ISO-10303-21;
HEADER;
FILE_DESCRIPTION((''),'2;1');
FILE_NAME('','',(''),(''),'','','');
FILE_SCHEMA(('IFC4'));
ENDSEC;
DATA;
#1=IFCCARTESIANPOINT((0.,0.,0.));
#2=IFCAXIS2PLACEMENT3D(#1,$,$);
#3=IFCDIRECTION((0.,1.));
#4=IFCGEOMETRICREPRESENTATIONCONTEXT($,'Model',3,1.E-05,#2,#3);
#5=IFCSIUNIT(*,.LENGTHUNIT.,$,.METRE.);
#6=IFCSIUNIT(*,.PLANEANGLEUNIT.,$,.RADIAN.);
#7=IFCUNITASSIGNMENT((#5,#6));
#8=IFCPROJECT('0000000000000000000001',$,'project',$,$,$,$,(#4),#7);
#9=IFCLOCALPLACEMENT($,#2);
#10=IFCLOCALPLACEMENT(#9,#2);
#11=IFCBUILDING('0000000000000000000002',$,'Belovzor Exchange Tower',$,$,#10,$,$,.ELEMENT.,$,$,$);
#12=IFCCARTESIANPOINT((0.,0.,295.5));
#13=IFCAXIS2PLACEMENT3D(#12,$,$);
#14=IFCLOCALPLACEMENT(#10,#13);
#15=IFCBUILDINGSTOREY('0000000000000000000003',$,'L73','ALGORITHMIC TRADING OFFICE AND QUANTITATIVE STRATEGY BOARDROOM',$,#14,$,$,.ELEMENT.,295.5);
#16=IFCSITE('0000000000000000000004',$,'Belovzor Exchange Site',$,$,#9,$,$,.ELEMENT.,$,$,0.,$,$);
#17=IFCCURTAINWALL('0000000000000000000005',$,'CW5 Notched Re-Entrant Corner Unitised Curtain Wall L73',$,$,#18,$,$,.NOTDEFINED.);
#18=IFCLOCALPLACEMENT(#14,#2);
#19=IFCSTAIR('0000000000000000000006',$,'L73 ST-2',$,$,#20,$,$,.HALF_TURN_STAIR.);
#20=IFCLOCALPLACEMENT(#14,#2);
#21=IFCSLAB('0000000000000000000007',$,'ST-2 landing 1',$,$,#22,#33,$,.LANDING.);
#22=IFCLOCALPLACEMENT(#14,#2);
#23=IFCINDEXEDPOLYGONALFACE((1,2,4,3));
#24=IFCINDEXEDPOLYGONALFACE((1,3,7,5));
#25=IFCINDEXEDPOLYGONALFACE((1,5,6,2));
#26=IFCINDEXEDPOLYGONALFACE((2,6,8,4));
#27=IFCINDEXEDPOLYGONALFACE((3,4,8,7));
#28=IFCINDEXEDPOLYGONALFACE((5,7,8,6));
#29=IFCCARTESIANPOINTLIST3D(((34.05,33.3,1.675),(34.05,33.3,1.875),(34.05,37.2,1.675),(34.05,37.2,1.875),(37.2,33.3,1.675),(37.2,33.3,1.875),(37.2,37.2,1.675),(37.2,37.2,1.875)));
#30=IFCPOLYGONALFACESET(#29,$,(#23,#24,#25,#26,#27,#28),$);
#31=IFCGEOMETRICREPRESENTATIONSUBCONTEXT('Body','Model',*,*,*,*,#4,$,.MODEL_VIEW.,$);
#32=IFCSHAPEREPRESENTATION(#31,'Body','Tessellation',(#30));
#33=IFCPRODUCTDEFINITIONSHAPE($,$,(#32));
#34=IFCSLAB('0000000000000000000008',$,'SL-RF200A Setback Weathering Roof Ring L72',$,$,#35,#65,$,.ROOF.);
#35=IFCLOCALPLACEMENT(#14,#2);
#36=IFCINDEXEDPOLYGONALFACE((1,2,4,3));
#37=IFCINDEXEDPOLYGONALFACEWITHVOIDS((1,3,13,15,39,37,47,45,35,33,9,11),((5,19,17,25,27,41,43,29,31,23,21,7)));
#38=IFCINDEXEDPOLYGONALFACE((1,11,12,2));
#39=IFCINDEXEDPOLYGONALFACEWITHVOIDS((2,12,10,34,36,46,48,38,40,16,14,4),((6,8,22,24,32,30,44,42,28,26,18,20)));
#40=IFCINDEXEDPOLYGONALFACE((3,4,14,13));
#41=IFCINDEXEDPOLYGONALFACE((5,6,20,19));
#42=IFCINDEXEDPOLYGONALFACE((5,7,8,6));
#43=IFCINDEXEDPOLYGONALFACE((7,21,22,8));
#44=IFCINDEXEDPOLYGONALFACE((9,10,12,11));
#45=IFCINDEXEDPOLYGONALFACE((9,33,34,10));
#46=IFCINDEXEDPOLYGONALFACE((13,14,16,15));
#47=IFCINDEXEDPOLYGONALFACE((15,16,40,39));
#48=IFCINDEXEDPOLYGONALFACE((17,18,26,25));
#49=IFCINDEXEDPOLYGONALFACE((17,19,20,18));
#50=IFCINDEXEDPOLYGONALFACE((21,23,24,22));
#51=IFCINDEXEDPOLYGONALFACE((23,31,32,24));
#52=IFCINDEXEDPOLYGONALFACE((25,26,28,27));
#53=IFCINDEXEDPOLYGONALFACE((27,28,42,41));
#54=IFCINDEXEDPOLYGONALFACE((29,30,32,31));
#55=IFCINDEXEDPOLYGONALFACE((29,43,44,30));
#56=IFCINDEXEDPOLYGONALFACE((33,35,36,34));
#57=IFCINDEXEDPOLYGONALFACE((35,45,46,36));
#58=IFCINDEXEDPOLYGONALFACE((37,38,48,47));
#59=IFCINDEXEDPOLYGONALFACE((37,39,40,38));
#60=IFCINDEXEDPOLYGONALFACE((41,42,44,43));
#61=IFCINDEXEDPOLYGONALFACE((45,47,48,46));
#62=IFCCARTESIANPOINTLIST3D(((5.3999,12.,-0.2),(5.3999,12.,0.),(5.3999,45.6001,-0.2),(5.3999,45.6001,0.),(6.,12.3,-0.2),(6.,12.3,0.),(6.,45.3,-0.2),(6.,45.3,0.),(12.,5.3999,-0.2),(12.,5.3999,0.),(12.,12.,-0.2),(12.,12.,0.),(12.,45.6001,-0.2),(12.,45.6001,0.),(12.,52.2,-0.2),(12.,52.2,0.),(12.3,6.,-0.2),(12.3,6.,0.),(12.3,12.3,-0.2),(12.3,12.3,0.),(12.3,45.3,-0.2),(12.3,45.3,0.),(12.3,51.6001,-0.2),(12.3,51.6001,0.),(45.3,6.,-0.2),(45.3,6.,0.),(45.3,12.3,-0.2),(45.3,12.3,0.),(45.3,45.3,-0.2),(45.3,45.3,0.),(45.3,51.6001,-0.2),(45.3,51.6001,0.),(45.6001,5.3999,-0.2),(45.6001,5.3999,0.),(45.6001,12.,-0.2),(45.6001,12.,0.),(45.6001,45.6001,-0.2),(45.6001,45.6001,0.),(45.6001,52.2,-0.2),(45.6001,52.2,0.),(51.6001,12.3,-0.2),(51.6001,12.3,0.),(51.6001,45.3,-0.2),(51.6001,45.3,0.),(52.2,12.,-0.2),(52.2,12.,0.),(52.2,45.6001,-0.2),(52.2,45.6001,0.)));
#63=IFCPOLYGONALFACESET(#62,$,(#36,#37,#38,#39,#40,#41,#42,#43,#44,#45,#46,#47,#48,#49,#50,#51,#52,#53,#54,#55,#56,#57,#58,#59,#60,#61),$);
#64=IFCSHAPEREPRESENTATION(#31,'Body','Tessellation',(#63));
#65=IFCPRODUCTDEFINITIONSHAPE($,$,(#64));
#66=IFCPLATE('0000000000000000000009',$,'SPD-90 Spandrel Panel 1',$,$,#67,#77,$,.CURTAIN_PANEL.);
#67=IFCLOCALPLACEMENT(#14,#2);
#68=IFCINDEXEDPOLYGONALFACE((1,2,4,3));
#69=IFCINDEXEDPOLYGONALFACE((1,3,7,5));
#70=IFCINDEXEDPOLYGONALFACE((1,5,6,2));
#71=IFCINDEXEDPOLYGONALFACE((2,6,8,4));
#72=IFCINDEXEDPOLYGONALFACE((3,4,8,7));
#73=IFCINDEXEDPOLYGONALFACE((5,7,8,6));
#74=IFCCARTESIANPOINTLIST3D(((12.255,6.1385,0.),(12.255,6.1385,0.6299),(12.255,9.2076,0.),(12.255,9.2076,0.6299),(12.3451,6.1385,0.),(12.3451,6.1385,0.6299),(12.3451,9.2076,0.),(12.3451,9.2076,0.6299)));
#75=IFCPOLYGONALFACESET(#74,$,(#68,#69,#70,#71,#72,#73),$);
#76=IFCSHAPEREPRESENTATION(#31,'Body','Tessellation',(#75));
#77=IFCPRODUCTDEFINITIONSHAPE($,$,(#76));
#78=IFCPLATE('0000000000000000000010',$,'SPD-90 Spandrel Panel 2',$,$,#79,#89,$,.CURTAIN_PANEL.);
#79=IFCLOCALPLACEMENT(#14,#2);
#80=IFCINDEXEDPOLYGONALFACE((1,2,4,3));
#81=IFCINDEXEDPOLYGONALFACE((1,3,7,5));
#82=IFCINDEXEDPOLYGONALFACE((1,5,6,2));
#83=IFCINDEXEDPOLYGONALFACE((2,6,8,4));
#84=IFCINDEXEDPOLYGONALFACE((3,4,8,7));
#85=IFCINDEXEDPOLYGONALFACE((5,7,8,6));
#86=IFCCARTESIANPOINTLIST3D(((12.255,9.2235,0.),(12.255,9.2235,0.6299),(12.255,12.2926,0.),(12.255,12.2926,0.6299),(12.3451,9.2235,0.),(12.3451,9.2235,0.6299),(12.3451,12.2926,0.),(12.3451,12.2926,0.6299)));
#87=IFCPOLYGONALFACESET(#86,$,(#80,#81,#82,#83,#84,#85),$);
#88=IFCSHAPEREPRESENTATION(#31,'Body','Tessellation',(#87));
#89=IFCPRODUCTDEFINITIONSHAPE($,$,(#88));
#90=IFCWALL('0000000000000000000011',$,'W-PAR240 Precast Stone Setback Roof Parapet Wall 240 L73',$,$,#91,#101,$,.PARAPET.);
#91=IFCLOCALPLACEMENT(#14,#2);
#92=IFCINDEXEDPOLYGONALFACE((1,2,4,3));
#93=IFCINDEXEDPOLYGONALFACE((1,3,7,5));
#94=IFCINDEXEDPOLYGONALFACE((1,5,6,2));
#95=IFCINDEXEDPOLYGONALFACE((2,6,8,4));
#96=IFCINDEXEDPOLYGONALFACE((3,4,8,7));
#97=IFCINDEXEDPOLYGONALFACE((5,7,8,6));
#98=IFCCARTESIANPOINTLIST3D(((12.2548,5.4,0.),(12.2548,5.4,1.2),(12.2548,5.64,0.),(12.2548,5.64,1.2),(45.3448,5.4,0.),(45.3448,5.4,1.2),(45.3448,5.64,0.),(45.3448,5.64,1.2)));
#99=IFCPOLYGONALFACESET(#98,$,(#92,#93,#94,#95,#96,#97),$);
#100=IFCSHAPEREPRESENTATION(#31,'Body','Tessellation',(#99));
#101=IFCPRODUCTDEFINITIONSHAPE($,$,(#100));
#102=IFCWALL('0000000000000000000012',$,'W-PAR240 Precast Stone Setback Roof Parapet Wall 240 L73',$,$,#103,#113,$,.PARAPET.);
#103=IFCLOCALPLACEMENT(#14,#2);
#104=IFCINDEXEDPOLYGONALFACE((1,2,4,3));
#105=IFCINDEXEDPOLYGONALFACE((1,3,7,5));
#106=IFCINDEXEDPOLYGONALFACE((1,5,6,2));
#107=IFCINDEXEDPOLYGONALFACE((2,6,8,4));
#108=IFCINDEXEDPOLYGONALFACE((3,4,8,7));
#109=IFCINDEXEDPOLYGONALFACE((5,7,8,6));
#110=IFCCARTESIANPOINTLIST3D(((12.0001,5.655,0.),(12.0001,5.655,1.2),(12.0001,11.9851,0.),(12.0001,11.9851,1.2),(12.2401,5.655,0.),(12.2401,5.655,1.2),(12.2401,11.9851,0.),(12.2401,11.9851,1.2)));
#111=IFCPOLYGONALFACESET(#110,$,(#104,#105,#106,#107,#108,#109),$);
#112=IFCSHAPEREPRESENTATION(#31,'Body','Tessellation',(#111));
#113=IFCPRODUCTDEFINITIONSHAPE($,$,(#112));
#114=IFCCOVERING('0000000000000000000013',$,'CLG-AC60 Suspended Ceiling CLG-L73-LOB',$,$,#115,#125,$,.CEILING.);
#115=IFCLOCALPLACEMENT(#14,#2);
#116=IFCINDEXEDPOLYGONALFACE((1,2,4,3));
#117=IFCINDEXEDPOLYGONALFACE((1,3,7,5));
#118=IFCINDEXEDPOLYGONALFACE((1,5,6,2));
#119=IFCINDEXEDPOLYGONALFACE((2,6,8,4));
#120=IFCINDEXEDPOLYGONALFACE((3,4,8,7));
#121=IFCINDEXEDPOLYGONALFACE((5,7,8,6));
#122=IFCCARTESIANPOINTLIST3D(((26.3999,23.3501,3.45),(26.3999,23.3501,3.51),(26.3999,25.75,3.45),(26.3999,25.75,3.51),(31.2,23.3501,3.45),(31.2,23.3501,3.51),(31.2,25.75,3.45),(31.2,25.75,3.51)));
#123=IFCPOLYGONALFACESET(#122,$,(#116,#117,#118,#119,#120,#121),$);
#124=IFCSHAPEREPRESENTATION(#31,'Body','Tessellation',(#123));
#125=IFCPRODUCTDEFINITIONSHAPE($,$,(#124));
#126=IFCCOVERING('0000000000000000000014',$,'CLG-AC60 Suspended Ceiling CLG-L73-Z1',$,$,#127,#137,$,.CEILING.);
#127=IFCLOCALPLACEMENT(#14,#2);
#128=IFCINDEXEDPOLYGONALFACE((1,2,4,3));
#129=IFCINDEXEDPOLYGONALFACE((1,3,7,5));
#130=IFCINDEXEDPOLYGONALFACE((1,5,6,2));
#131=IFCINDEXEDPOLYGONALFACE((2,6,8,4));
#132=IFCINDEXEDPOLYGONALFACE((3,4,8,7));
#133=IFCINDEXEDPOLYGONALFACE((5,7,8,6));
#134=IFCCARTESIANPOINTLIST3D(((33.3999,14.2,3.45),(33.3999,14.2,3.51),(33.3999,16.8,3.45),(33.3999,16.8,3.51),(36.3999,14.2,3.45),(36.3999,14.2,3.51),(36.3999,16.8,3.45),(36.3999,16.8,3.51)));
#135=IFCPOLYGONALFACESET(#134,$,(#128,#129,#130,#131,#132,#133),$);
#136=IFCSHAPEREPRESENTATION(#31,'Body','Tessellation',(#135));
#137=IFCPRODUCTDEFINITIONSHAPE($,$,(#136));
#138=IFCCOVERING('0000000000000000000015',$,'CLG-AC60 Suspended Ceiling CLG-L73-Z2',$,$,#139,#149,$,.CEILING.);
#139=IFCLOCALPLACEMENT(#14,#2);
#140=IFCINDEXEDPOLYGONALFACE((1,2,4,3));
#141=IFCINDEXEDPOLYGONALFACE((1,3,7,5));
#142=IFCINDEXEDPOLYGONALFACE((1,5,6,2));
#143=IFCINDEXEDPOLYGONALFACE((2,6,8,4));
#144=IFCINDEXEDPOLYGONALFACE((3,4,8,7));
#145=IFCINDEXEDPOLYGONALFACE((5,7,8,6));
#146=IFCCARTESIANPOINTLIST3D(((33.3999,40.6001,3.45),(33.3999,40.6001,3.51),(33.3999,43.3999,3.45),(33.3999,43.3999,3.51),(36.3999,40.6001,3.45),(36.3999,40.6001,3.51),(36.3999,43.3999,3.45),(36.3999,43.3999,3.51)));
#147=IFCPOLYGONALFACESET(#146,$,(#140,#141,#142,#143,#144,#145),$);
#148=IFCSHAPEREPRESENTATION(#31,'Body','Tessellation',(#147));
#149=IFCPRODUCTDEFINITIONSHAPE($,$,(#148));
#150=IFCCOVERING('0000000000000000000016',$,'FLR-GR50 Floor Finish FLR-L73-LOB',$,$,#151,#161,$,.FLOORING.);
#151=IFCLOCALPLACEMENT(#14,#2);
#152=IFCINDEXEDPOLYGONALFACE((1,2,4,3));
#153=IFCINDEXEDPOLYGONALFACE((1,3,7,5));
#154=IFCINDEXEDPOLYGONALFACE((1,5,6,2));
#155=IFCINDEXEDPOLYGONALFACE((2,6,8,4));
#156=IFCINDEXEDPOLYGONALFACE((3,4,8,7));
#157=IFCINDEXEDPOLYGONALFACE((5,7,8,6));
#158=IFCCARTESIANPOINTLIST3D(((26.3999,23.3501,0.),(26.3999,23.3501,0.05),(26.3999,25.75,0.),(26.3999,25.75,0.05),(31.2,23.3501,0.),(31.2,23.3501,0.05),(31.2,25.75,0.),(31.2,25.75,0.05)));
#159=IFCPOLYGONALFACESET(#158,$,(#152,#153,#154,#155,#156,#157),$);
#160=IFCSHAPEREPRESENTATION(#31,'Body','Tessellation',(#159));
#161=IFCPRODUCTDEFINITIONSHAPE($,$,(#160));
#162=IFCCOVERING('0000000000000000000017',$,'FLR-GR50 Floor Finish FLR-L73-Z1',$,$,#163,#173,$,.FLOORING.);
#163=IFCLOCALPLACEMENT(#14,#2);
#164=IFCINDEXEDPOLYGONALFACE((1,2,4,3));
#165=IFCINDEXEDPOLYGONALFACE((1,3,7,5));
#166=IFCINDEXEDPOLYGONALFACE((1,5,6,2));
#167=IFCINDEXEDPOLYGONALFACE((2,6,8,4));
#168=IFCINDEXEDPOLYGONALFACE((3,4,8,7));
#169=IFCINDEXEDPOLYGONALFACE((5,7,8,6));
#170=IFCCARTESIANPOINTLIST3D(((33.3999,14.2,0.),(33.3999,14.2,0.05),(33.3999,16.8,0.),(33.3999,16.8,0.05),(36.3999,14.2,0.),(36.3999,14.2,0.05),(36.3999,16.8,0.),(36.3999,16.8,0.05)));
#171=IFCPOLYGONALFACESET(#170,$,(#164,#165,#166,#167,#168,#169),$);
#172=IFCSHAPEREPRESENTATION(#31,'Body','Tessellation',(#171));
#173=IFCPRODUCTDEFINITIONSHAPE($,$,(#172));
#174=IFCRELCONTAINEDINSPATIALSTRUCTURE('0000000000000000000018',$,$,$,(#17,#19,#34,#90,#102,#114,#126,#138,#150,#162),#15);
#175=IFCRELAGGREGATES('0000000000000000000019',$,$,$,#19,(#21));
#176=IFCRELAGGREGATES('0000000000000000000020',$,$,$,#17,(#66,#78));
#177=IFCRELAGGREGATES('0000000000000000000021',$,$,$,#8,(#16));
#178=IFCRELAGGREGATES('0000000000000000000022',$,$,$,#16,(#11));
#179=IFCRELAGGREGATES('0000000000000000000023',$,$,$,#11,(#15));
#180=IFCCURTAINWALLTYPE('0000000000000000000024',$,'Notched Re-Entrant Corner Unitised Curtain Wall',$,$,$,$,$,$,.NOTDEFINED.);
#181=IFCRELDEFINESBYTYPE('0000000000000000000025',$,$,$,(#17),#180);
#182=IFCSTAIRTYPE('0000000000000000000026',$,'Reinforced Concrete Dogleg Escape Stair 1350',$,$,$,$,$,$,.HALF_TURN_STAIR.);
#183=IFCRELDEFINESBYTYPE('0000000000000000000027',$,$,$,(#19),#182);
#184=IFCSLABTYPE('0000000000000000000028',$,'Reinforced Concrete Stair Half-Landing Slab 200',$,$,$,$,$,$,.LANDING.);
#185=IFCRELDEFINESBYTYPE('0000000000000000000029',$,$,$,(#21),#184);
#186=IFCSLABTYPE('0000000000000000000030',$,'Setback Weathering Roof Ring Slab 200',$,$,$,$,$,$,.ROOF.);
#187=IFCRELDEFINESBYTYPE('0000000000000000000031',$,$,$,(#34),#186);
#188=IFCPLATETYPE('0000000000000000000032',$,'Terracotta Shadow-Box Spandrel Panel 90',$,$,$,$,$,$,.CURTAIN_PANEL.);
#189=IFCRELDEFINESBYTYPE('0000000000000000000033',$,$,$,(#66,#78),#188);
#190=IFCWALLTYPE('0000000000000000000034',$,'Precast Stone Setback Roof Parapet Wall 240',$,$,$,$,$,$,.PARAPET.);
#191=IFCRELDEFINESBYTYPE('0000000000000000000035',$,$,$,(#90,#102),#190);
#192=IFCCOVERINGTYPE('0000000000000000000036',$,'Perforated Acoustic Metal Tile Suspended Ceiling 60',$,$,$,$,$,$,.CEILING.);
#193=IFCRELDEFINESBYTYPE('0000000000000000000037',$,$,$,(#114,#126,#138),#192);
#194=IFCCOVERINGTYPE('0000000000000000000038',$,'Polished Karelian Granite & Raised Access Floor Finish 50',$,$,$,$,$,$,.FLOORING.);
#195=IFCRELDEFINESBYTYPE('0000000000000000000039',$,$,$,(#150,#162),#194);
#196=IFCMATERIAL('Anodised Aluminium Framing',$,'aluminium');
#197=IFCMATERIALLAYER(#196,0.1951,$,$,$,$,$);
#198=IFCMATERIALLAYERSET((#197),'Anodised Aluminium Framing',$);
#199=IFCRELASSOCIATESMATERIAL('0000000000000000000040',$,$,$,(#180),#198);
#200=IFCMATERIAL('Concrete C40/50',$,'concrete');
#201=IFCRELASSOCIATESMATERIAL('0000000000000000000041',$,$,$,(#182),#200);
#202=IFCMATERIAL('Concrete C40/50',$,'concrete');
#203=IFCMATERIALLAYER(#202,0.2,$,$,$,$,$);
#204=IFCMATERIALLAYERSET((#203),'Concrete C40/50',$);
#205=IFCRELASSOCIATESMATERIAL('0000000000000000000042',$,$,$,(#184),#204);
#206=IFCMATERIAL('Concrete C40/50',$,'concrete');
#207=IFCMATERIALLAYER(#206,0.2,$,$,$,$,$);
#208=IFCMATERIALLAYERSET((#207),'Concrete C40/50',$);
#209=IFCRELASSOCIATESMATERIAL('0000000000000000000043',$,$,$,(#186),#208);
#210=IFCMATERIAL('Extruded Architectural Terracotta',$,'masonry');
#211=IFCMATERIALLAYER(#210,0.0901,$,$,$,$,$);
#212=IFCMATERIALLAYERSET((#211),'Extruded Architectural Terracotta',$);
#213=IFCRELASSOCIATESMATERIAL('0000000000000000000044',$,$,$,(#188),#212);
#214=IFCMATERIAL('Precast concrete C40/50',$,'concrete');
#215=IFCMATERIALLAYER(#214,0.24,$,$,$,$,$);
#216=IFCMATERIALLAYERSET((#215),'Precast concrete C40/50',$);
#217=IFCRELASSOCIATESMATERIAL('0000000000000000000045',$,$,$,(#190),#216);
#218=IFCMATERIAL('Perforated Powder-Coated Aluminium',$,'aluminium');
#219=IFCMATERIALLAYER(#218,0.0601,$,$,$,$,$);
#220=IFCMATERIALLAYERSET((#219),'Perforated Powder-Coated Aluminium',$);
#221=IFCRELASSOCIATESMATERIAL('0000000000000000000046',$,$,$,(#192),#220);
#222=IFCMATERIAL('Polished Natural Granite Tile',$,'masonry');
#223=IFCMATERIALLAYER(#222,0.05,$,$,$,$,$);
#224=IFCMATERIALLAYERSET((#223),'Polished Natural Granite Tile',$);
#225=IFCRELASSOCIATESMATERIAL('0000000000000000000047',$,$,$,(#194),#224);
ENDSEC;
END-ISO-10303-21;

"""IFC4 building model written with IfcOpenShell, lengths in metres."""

from ifc_helpers import new_model, si_unit, direction, frame, frame_2d, origin, origin_2d, place, context, subcontext, project, spatial, polyline, rectangle, outline, extrude, material, layer, layer_set, type_object, element, aggregate, save


model = new_model("IFC4")

# Units and contexts
model_context = context("Model", 3, precision=1e-05, world=origin(), true_north=direction((0.0, 1.0)))
body_context = subcontext(model_context, "Body", "Model", "MODEL_VIEW")
ifc_project = project(units=[si_unit("LENGTHUNIT", "METRE"), si_unit("PLANEANGLEUNIT", "RADIAN")], contexts=[model_context])

# Site, building, storey
site_placement = place(None, origin())
site = spatial("IfcSite", under=ifc_project, at=site_placement, Name="Belovzor Exchange Site", CompositionType="ELEMENT", RefElevation=0.0)
building_placement = place(site_placement, origin())
building = spatial("IfcBuilding", under=site, at=building_placement, Name="Belovzor Exchange Tower", CompositionType="ELEMENT")
storey_placement = place(building_placement, frame((0.0, 0.0, 295.5)))
storey = spatial("IfcBuildingStorey", under=building, at=storey_placement, Name="L73", Description="ALGORITHMIC TRADING OFFICE AND QUANTITATIVE STRATEGY BOARDROOM", CompositionType="ELEMENT", Elevation=295.5)

# Curtain wall
ifc_material_1 = material(Name="Anodised Aluminium Framing", Category="aluminium")
ifc_layer_1 = layer(ifc_material_1, 0.1951)
ifc_layer_set_1 = layer_set([ifc_layer_1], Name="Anodised Aluminium Framing")
curtain_wall_type = type_object("IfcCurtainWallType", Name="Notched Re-Entrant Corner Unitised Curtain Wall", PredefinedType="NOTDEFINED", material=ifc_layer_set_1)
curtain_wall_placement = place(storey_placement, origin())
curtain_wall = element("IfcCurtainWall", 1, at=curtain_wall_placement, inside=storey, type_object=curtain_wall_type, Name="CW5 Notched Re-Entrant Corner Unitised Curtain Wall L73", PredefinedType="NOTDEFINED")

# Stair, slab
ifc_material_2 = material(Name="Concrete C40/50", Category="concrete")
stair_type = type_object("IfcStairType", Name="Reinforced Concrete Dogleg Escape Stair 1350", PredefinedType="HALF_TURN_STAIR", material=ifc_material_2)
ifc_material_3 = material(Name="Concrete C40/50", Category="concrete")
ifc_layer_2 = layer(ifc_material_3, 0.2)
ifc_layer_set_2 = layer_set([ifc_layer_2], Name="Concrete C40/50")
slab_type_1 = type_object("IfcSlabType", Name="Reinforced Concrete Stair Half-Landing Slab 200", PredefinedType="LANDING", material=ifc_layer_set_2)
stair_1_placement = place(storey_placement, origin())
stair_1 = element("IfcStair", 2, at=stair_1_placement, inside=storey, type_object=stair_type, Name="L73 ST-2", PredefinedType="HALF_TURN_STAIR")
slab_1_placement = place(storey_placement, frame((0.0, 0.0, 1.675)))
slab_1 = element("IfcSlab", 3, at=slab_1_placement, type_object=slab_type_1, Name="ST-2 landing 1", PredefinedType="LANDING", context=body_context, shape_type="SweptSolid", body=[
    extrude(outline(polyline([(37.2, 33.3), (37.2, 37.2), (34.05, 37.2), (34.05, 33.3), (37.2, 33.3)])), origin(), (0.0, 0.0, 1.0), 0.2),
])
aggregate(stair_1, [slab_1])

# Slab
ifc_material_4 = material(Name="Concrete C40/50", Category="concrete")
ifc_layer_3 = layer(ifc_material_4, 0.2)
ifc_layer_set_3 = layer_set([ifc_layer_3], Name="Concrete C40/50")
slab_type_2 = type_object("IfcSlabType", Name="Setback Weathering Roof Ring Slab 200", PredefinedType="ROOF", material=ifc_layer_set_3)
slab_2_placement = place(storey_placement, frame((0.0, 0.0, -0.2)))
element("IfcSlab", 4, at=slab_2_placement, inside=storey, type_object=slab_type_2, Name="SL-RF200A Setback Weathering Roof Ring L72", PredefinedType="ROOF", context=body_context, shape_type="SweptSolid", body=[
    extrude(outline(polyline([(12.0, 5.3999), (45.6001, 5.3999), (45.6001, 12.0), (52.2, 12.0), (52.2, 45.6001), (45.6001, 45.6001), (45.6001, 52.2), (12.0, 52.2), (12.0, 45.6001), (5.3999, 45.6001), (5.3999, 12.0), (12.0, 12.0), (12.0, 5.3999)]), holes=[polyline([(12.3, 6.0), (45.3, 6.0), (45.3, 12.3), (51.6001, 12.3), (51.6001, 45.3), (45.3, 45.3), (45.3, 51.6001), (12.3, 51.6001), (12.3, 45.3), (6.0, 45.3), (6.0, 12.3), (12.3, 12.3), (12.3, 6.0)])]), origin(), (0.0, 0.0, 1.0), 0.2),
])

# Plates
ifc_material_5 = material(Name="Extruded Architectural Terracotta", Category="masonry")
ifc_layer_4 = layer(ifc_material_5, 0.0901)
ifc_layer_set_4 = layer_set([ifc_layer_4], Name="Extruded Architectural Terracotta")
plate_type_1 = type_object("IfcPlateType", Name="Terracotta Shadow-Box Spandrel Panel 90", PredefinedType="CURTAIN_PANEL", material=ifc_layer_set_4)
plate_1_placement = place(storey_placement, frame((12.3, 7.6731, 0.0), z_axis=(0.0, 0.0, 1.0), x_axis=(0.0, 1.0, 0.0)))
plate_1 = element("IfcPlate", 5, at=plate_1_placement, type_object=plate_type_1, Name="SPD-90 Spandrel Panel 1", PredefinedType="CURTAIN_PANEL", context=body_context, shape_type="SweptSolid", body=[
    extrude(rectangle(XDim=3.0691, YDim=0.0901, at=origin_2d()), origin(), (0.0, 0.0, 1.0), 0.6299),
])
plate_2_placement = place(storey_placement, frame((12.3, 10.7581, 0.0), z_axis=(0.0, 0.0, 1.0), x_axis=(0.0, 1.0, 0.0)))
plate_2 = element("IfcPlate", 6, at=plate_2_placement, type_object=plate_type_1, Name="SPD-90 Spandrel Panel 2", PredefinedType="CURTAIN_PANEL", context=body_context, shape_type="SweptSolid", body=[
    extrude(rectangle(XDim=3.0691, YDim=0.0901, at=origin_2d()), origin(), (0.0, 0.0, 1.0), 0.6299),
])
aggregate(curtain_wall, [plate_1, plate_2])

# Walls
ifc_material_6 = material(Name="Precast concrete C40/50", Category="concrete")
ifc_layer_5 = layer(ifc_material_6, 0.24)
ifc_layer_set_5 = layer_set([ifc_layer_5], Name="Precast concrete C40/50")
wall_type = type_object("IfcWallType", Name="Precast Stone Setback Roof Parapet Wall 240", PredefinedType="PARAPET", material=ifc_layer_set_5)
wall_1_placement = place(storey_placement, frame((12.2549, 5.52, 0.0), z_axis=(0.0, 0.0, 1.0), x_axis=(1.0, 0.0, 0.0)))
element("IfcWall", 7, at=wall_1_placement, inside=storey, type_object=wall_type, Name="W-PAR240 Precast Stone Setback Roof Parapet Wall 240 L73", PredefinedType="PARAPET", context=body_context, shape_type="SweptSolid", body=[
    extrude(rectangle(XDim=33.0901, YDim=0.24, at=frame_2d((16.5449, 0.0))), origin(), (0.0, 0.0, 1.0), 1.2),
])
wall_2_placement = place(storey_placement, frame((12.1201, 11.9851, 0.0), z_axis=(0.0, 0.0, 1.0), x_axis=(0.0, -1.0, 0.0)))
element("IfcWall", 8, at=wall_2_placement, inside=storey, type_object=wall_type, Name="W-PAR240 Precast Stone Setback Roof Parapet Wall 240 L73", PredefinedType="PARAPET", context=body_context, shape_type="SweptSolid", body=[
    extrude(rectangle(XDim=6.3301, YDim=0.24, at=frame_2d((3.165, 0.0))), origin(), (0.0, 0.0, 1.0), 1.2),
])

# Coverings
ifc_material_7 = material(Name="Perforated Powder-Coated Aluminium", Category="aluminium")
ifc_layer_6 = layer(ifc_material_7, 0.0601)
ifc_layer_set_6 = layer_set([ifc_layer_6], Name="Perforated Powder-Coated Aluminium")
covering_type_1 = type_object("IfcCoveringType", Name="Perforated Acoustic Metal Tile Suspended Ceiling 60", PredefinedType="CEILING", material=ifc_layer_set_6)
covering_1_placement = place(storey_placement, frame((0.0, 0.0, 3.45)))
element("IfcCovering", 9, at=covering_1_placement, inside=storey, type_object=covering_type_1, Name="CLG-AC60 Suspended Ceiling CLG-L73-LOB", PredefinedType="CEILING", context=body_context, shape_type="SweptSolid", body=[
    extrude(outline(polyline([(26.3999, 23.3501), (31.2, 23.3501), (31.2, 25.75), (26.3999, 25.75), (26.3999, 23.3501)])), origin(), (0.0, 0.0, 1.0), 0.0601),
])
covering_2_placement = place(storey_placement, frame((0.0, 0.0, 3.45)))
element("IfcCovering", 10, at=covering_2_placement, inside=storey, type_object=covering_type_1, Name="CLG-AC60 Suspended Ceiling CLG-L73-Z1", PredefinedType="CEILING", context=body_context, shape_type="SweptSolid", body=[
    extrude(outline(polyline([(33.3999, 14.2), (36.3999, 14.2), (36.3999, 16.8), (33.3999, 16.8), (33.3999, 14.2)])), origin(), (0.0, 0.0, 1.0), 0.0601),
])
covering_3_placement = place(storey_placement, frame((0.0, 0.0, 3.45)))
element("IfcCovering", 11, at=covering_3_placement, inside=storey, type_object=covering_type_1, Name="CLG-AC60 Suspended Ceiling CLG-L73-Z2", PredefinedType="CEILING", context=body_context, shape_type="SweptSolid", body=[
    extrude(outline(polyline([(33.3999, 40.6001), (36.3999, 40.6001), (36.3999, 43.3999), (33.3999, 43.3999), (33.3999, 40.6001)])), origin(), (0.0, 0.0, 1.0), 0.0601),
])
ifc_material_8 = material(Name="Polished Natural Granite Tile", Category="masonry")
ifc_layer_7 = layer(ifc_material_8, 0.05)
ifc_layer_set_7 = layer_set([ifc_layer_7], Name="Polished Natural Granite Tile")
covering_type_2 = type_object("IfcCoveringType", Name="Polished Karelian Granite & Raised Access Floor Finish 50", PredefinedType="FLOORING", material=ifc_layer_set_7)
covering_4_placement = place(storey_placement, origin())
element("IfcCovering", 12, at=covering_4_placement, inside=storey, type_object=covering_type_2, Name="FLR-GR50 Floor Finish FLR-L73-LOB", PredefinedType="FLOORING", context=body_context, shape_type="SweptSolid", body=[
    extrude(outline(polyline([(26.3999, 23.3501), (31.2, 23.3501), (31.2, 25.75), (26.3999, 25.75), (26.3999, 23.3501)])), origin(), (0.0, 0.0, 1.0), 0.05),
])
covering_5_placement = place(storey_placement, origin())
element("IfcCovering", 13, at=covering_5_placement, inside=storey, type_object=covering_type_2, Name="FLR-GR50 Floor Finish FLR-L73-Z1", PredefinedType="FLOORING", context=body_context, shape_type="SweptSolid", body=[
    extrude(outline(polyline([(33.3999, 14.2), (36.3999, 14.2), (36.3999, 16.8), (33.3999, 16.8), (33.3999, 14.2)])), origin(), (0.0, 0.0, 1.0), 0.05),
])

save(model, "model.ifc")
